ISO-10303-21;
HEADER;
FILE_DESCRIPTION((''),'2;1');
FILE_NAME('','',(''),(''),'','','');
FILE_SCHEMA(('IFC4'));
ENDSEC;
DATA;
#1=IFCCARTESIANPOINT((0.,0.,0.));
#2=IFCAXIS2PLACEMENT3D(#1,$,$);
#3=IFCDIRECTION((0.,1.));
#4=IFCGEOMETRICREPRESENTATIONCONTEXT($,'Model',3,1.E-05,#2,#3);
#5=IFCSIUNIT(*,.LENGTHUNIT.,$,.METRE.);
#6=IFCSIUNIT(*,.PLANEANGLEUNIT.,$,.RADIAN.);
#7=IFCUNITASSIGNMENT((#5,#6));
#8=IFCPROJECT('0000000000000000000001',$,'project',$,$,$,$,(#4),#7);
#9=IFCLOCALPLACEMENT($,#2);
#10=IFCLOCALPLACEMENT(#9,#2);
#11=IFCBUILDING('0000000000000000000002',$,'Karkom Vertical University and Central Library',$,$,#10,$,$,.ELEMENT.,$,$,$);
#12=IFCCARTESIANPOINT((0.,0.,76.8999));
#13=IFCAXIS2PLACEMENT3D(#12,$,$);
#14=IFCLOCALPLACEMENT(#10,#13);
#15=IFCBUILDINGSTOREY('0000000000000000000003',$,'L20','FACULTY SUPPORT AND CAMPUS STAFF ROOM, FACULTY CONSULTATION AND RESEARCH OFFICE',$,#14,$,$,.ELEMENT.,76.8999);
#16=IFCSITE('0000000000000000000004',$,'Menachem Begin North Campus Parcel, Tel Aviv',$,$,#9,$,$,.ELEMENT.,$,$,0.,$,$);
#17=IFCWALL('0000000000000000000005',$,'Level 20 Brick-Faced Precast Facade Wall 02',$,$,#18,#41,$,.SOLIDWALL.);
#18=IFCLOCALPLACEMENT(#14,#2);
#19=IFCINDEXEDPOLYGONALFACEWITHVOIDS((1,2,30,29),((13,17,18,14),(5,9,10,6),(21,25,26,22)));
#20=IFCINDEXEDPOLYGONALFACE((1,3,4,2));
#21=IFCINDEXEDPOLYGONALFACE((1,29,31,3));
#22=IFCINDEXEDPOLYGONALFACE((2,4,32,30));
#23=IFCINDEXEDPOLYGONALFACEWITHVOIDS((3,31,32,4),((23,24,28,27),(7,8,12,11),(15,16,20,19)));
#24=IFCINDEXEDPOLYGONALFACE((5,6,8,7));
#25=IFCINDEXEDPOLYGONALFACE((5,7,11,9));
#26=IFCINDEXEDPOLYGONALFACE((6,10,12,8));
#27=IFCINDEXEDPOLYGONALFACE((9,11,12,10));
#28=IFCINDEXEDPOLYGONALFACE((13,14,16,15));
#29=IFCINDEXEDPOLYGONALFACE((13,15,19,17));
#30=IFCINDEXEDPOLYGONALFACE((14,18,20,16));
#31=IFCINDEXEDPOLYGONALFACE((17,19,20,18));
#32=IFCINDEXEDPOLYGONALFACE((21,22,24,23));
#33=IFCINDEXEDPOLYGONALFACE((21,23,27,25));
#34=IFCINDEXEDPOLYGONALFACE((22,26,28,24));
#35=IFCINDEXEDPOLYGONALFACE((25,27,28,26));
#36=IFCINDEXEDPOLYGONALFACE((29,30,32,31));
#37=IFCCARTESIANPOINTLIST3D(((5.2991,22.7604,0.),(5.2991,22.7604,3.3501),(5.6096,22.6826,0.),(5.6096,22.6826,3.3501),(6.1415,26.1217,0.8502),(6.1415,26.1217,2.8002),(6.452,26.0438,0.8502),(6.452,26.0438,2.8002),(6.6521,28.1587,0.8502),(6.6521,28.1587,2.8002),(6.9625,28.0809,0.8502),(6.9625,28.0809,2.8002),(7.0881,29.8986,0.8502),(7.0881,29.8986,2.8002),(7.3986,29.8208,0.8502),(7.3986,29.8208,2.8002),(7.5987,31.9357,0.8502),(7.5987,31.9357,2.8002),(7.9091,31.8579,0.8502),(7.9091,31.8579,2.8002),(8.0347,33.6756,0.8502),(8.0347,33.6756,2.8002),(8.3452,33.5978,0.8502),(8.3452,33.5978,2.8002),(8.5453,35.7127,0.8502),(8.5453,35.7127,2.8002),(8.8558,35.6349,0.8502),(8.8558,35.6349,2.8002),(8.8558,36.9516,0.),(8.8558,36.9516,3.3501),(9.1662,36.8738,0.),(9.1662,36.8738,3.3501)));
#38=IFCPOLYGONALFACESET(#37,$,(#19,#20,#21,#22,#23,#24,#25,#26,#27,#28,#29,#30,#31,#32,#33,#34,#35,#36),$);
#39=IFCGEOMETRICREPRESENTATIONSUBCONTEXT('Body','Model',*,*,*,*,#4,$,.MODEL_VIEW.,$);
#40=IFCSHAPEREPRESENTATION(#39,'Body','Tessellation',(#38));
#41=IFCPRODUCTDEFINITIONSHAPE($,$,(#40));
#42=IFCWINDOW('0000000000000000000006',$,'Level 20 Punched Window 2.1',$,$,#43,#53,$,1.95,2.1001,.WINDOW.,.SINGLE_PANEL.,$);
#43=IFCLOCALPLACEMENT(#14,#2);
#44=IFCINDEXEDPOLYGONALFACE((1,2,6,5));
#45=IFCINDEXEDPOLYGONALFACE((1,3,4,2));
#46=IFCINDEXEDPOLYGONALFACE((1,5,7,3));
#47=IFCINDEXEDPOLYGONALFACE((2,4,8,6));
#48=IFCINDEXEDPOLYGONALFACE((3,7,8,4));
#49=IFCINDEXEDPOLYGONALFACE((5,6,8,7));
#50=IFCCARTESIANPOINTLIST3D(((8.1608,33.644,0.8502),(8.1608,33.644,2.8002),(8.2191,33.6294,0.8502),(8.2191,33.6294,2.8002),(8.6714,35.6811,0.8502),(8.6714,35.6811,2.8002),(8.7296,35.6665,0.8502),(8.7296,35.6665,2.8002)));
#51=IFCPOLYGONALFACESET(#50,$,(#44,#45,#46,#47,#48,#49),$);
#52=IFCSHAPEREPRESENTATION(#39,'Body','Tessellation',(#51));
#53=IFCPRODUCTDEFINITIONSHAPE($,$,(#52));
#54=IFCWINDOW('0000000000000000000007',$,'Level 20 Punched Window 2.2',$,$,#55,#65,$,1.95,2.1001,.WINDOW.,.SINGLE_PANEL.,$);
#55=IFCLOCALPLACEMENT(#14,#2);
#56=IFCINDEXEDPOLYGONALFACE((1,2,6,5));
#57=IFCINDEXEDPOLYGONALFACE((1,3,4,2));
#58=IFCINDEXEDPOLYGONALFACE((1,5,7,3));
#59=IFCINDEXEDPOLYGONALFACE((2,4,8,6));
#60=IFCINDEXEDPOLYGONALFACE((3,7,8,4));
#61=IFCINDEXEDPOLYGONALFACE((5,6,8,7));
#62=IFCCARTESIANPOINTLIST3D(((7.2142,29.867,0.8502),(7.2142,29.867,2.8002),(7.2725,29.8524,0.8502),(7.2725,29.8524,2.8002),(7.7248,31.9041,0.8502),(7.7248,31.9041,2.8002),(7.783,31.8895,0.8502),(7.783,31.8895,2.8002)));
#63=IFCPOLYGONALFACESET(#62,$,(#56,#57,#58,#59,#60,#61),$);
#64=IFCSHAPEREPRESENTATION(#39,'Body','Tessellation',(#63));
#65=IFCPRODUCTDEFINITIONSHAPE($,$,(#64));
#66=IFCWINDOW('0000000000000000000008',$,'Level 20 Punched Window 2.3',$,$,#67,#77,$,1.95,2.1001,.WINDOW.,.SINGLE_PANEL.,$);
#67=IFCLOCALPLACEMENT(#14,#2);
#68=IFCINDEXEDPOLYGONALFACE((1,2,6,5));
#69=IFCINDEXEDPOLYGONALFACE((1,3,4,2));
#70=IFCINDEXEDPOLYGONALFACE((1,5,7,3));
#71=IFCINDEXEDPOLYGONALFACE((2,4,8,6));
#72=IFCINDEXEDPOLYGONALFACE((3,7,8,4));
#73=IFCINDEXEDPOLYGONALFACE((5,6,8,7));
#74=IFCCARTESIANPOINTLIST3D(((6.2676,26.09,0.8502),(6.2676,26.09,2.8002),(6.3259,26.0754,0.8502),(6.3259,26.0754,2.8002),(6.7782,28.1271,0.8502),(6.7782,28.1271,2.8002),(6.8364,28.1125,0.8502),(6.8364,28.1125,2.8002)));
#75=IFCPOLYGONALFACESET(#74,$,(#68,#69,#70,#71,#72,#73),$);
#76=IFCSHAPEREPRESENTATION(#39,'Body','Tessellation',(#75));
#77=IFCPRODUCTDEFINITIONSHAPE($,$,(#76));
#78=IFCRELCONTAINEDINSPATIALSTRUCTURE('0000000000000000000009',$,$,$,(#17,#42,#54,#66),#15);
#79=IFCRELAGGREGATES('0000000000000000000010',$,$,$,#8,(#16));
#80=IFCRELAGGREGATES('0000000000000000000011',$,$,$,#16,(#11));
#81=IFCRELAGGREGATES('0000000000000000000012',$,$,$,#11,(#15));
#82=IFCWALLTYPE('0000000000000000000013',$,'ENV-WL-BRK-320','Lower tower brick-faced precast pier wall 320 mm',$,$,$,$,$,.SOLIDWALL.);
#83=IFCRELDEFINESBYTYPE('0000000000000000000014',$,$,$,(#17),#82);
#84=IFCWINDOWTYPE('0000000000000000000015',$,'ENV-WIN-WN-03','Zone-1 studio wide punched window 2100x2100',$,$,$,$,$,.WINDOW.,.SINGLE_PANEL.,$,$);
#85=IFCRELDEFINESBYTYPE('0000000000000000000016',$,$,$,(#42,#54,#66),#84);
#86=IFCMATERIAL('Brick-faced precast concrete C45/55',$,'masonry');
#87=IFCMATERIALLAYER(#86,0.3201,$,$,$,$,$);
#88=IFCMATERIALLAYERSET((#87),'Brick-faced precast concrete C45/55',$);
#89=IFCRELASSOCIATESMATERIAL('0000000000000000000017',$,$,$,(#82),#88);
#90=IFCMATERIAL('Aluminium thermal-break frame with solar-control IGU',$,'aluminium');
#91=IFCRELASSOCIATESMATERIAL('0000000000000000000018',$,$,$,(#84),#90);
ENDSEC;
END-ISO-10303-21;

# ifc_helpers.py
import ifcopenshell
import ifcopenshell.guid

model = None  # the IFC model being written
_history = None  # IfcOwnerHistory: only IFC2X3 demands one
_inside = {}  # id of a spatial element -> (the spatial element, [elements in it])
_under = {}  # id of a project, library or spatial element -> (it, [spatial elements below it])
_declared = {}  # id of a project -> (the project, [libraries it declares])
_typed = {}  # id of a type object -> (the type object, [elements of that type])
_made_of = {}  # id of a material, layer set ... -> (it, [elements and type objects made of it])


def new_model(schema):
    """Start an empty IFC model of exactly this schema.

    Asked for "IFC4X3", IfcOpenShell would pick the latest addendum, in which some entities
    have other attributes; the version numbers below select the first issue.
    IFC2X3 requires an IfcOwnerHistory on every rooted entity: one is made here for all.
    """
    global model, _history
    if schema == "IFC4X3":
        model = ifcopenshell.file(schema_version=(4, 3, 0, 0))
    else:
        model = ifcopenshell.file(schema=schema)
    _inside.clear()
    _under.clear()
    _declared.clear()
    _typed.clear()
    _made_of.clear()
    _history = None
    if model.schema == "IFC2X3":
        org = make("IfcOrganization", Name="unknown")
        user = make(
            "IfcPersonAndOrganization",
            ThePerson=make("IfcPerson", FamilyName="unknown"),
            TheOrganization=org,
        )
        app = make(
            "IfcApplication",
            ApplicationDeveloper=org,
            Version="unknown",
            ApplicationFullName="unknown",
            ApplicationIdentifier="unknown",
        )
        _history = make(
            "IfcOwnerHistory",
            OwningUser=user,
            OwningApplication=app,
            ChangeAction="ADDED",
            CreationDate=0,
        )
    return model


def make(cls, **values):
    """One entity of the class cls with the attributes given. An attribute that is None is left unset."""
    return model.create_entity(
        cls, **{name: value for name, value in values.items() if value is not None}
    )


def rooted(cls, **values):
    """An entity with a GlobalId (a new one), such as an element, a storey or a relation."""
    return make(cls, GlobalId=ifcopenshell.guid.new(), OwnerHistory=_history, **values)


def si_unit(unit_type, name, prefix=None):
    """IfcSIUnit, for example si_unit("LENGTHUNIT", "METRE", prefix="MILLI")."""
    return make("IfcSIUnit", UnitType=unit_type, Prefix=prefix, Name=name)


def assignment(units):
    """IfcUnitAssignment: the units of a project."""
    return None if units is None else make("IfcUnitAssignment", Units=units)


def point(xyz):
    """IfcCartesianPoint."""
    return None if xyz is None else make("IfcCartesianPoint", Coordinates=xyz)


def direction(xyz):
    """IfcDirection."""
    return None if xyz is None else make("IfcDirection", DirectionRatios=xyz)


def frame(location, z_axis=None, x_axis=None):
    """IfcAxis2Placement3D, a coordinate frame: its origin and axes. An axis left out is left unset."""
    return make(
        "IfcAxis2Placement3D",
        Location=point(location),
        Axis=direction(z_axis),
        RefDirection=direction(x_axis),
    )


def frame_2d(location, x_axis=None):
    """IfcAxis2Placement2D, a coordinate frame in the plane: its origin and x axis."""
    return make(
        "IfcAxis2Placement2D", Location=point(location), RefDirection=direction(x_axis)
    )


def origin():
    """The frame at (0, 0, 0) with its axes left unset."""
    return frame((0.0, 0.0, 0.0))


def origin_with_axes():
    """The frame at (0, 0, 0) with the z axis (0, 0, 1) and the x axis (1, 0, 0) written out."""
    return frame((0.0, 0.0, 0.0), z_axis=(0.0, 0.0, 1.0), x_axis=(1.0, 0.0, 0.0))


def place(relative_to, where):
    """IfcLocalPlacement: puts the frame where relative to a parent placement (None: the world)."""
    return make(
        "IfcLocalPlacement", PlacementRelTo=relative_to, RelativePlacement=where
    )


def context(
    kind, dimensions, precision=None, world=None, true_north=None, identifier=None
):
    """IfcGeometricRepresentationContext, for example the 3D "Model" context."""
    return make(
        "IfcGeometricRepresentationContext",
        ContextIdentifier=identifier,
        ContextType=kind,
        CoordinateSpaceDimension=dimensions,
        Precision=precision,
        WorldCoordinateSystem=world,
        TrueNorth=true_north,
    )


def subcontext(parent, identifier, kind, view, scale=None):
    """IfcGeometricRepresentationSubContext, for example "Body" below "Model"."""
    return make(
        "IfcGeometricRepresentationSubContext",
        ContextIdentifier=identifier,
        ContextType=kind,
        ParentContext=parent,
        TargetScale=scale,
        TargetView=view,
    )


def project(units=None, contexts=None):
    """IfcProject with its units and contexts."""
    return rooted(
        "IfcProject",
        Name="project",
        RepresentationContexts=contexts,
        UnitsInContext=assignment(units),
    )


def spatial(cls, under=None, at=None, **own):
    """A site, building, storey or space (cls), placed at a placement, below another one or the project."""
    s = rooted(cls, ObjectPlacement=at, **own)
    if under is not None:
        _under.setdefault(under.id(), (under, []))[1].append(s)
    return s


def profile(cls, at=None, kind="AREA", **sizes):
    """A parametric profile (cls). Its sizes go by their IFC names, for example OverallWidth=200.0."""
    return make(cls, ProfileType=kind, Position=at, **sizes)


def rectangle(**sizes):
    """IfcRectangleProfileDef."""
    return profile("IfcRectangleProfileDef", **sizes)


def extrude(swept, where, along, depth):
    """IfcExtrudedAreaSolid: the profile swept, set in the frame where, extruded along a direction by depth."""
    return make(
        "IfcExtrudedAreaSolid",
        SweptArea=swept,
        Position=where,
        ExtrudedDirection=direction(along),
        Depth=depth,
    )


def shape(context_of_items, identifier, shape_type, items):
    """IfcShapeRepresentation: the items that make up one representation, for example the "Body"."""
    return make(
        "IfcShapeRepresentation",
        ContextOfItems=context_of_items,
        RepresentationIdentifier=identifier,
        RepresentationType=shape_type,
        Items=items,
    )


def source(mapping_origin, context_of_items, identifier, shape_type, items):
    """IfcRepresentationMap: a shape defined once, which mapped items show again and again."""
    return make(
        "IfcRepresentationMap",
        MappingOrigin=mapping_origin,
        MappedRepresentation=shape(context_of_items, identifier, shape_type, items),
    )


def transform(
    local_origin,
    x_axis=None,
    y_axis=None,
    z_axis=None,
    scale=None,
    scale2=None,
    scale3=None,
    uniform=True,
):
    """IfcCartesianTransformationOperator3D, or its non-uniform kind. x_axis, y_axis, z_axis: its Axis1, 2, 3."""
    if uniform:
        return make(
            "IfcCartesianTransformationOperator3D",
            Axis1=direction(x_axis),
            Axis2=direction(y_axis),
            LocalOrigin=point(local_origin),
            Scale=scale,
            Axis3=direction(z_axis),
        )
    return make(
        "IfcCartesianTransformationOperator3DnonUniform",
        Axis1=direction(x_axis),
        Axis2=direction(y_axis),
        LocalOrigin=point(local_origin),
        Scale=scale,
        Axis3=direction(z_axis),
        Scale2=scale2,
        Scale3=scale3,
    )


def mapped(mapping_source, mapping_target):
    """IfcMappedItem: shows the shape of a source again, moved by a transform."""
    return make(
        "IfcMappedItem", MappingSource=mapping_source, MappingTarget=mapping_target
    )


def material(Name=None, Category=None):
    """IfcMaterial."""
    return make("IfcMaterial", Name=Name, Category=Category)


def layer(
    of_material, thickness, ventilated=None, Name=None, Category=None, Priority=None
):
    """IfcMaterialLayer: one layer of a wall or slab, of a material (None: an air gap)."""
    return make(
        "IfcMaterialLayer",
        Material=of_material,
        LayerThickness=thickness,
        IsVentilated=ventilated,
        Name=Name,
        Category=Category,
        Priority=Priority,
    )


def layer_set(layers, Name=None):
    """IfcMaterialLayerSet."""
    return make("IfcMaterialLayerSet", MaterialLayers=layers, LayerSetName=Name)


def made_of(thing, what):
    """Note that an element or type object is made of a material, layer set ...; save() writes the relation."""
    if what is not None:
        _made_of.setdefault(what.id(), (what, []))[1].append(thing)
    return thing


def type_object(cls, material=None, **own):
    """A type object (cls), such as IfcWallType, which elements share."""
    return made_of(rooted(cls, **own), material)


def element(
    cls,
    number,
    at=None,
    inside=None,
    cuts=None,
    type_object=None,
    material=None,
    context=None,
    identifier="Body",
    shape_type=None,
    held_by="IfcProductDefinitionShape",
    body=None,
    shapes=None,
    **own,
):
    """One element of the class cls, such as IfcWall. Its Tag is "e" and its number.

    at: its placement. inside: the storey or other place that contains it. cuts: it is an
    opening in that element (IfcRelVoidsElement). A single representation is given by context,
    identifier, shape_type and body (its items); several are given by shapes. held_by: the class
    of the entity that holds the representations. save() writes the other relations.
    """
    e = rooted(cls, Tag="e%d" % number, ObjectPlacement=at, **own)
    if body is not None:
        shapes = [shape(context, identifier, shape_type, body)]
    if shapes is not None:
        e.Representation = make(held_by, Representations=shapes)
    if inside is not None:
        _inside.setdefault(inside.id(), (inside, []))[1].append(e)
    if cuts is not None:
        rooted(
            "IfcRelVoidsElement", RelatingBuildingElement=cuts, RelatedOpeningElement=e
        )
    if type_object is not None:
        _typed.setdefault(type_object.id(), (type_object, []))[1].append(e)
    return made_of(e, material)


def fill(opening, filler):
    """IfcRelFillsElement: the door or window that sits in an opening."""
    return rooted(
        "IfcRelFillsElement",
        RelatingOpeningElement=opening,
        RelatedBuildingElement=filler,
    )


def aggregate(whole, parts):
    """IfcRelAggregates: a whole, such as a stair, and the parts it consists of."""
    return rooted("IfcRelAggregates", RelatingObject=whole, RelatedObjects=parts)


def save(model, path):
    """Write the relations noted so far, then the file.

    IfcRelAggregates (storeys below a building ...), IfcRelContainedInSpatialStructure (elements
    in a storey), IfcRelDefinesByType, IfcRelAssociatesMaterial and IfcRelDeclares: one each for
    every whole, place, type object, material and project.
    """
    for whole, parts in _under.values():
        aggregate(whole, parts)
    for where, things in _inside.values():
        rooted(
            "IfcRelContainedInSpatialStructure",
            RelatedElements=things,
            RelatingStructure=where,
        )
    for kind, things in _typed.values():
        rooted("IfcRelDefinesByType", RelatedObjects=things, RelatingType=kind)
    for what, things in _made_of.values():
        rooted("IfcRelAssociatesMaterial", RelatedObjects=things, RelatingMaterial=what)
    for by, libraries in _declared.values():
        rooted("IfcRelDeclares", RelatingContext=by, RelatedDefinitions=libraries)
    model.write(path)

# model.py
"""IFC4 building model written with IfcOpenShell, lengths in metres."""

from ifc_helpers import new_model, si_unit, direction, frame, frame_2d, origin, origin_with_axes, place, context, subcontext, project, spatial, rectangle, extrude, source, transform, mapped, material, layer, layer_set, type_object, element, fill, save


model = new_model("IFC4")

# Units and contexts
model_context = context("Model", 3, precision=1e-05, world=origin(), true_north=direction((0.0, 1.0)))
body_context = subcontext(model_context, "Body", "Model", "MODEL_VIEW")
ifc_project = project(units=[si_unit("LENGTHUNIT", "METRE"), si_unit("PLANEANGLEUNIT", "RADIAN")], contexts=[model_context])

# Site, building, storey
site_placement = place(None, origin())
site = spatial("IfcSite", under=ifc_project, at=site_placement, Name="Menachem Begin North Campus Parcel, Tel Aviv", CompositionType="ELEMENT", RefElevation=0.0)
building_placement = place(site_placement, origin())
building = spatial("IfcBuilding", under=site, at=building_placement, Name="Karkom Vertical University and Central Library", CompositionType="ELEMENT")
storey_placement = place(building_placement, frame((0.0, 0.0, 76.8999)))
storey = spatial("IfcBuildingStorey", under=building, at=storey_placement, Name="L20", Description="FACULTY SUPPORT AND CAMPUS STAFF ROOM, FACULTY CONSULTATION AND RESEARCH OFFICE", CompositionType="ELEMENT", Elevation=76.8999)

# Wall, openings, windows
ifc_material_1 = material(Name="Brick-faced precast concrete C45/55", Category="masonry")
ifc_layer_1 = layer(ifc_material_1, 0.3201)
ifc_layer_set_1 = layer_set([ifc_layer_1], Name="Brick-faced precast concrete C45/55")
wall_type_1 = type_object("IfcWallType", Name="ENV-WL-BRK-320", Description="Lower tower brick-faced precast pier wall 320 mm", PredefinedType="SOLIDWALL", material=ifc_layer_set_1)
ifc_material_2 = material(Name="Aluminium thermal-break frame with solar-control IGU", Category="aluminium")
window_type = type_object("IfcWindowType", Name="ENV-WIN-WN-03", Description="Zone-1 studio wide punched window 2100x2100", PartitioningType="SINGLE_PANEL", PredefinedType="WINDOW", material=ifc_material_2)
shared_shape_1 = source(origin_with_axes(), body_context, "Body", "SweptSolid", [
    extrude(rectangle(XDim=2.1001, YDim=1.95, at=frame_2d((1.05, 0.9751))), frame((0.0, 0.03, 0.0), z_axis=(0.0, -1.0, 0.0), x_axis=(1.0, 0.0, 0.0)), (0.0, 0.0, 1.0), 0.0601),
])
wall_1_placement = place(storey_placement, frame((9.011, 36.9126, 0.0), z_axis=(0.0, 0.0, 1.0), x_axis=(-0.243105, -0.97, 0.0)))
wall_1 = element("IfcWall", 1, at=wall_1_placement, inside=storey, type_object=wall_type_1, Name="Level 20 Brick-Faced Precast Facade Wall 02", PredefinedType="SOLIDWALL", context=body_context, shape_type="SweptSolid", body=[
    extrude(rectangle(XDim=14.6301, YDim=0.3201, at=frame_2d((7.3149, 0.0))), origin(), (0.0, 0.0, 1.0), 3.3501),
])
opening_1_placement = place(wall_1_placement, frame((1.2771, 0.0, 0.8501)))
opening_1 = element("IfcOpeningElement", 2, at=opening_1_placement, cuts=wall_1, PredefinedType="OPENING", context=body_context, shape_type="SweptSolid", body=[
    extrude(rectangle(XDim=2.1001, YDim=1.95, at=frame_2d((1.05, 0.9751))), frame((0.0, 0.1699, 0.0), z_axis=(0.0, -1.0, 0.0), x_axis=(1.0, 0.0, 0.0)), (0.0, 0.0, 1.0), 0.3401),
])
opening_2_placement = place(wall_1_placement, frame((5.1709, 0.0, 0.8501)))
opening_2 = element("IfcOpeningElement", 3, at=opening_2_placement, cuts=wall_1, PredefinedType="OPENING", context=body_context, shape_type="SweptSolid", body=[
    extrude(rectangle(XDim=2.1001, YDim=1.95, at=frame_2d((1.05, 0.9751))), frame((0.0, 0.1699, 0.0), z_axis=(0.0, -1.0, 0.0), x_axis=(1.0, 0.0, 0.0)), (0.0, 0.0, 1.0), 0.3401),
])
opening_3_placement = place(wall_1_placement, frame((9.0647, 0.0, 0.8501)))
opening_3 = element("IfcOpeningElement", 4, at=opening_3_placement, cuts=wall_1, PredefinedType="OPENING", context=body_context, shape_type="SweptSolid", body=[
    extrude(rectangle(XDim=2.1001, YDim=1.95, at=frame_2d((1.05, 0.9751))), frame((0.0, 0.1699, 0.0), z_axis=(0.0, -1.0, 0.0), x_axis=(1.0, 0.0, 0.0)), (0.0, 0.0, 1.0), 0.3401),
])
window_1_placement = place(opening_1_placement, origin())
window_1 = element("IfcWindow", 5, at=window_1_placement, inside=storey, type_object=window_type, Name="Level 20 Punched Window 2.1", OverallHeight=1.95, OverallWidth=2.1001, PartitioningType="SINGLE_PANEL", PredefinedType="WINDOW", context=body_context, shape_type="MappedRepresentation", body=[
    mapped(shared_shape_1, transform((0.0, 0.0, 0.0), scale=1.0)),
])
fill(opening_1, window_1)
window_2_placement = place(opening_2_placement, origin())
window_2 = element("IfcWindow", 6, at=window_2_placement, inside=storey, type_object=window_type, Name="Level 20 Punched Window 2.2", OverallHeight=1.95, OverallWidth=2.1001, PartitioningType="SINGLE_PANEL", PredefinedType="WINDOW", context=body_context, shape_type="MappedRepresentation", body=[
    mapped(shared_shape_1, transform((0.0, 0.0, 0.0), scale=1.0)),
])
fill(opening_2, window_2)
window_3_placement = place(opening_3_placement, origin())
window_3 = element("IfcWindow", 7, at=window_3_placement, inside=storey, type_object=window_type, Name="Level 20 Punched Window 2.3", OverallHeight=1.95, OverallWidth=2.1001, PartitioningType="SINGLE_PANEL", PredefinedType="WINDOW", context=body_context, shape_type="MappedRepresentation", body=[
    mapped(shared_shape_1, transform((0.0, 0.0, 0.0), scale=1.0)),
])
fill(opening_3, window_3)

save(model, "model.ifc")
